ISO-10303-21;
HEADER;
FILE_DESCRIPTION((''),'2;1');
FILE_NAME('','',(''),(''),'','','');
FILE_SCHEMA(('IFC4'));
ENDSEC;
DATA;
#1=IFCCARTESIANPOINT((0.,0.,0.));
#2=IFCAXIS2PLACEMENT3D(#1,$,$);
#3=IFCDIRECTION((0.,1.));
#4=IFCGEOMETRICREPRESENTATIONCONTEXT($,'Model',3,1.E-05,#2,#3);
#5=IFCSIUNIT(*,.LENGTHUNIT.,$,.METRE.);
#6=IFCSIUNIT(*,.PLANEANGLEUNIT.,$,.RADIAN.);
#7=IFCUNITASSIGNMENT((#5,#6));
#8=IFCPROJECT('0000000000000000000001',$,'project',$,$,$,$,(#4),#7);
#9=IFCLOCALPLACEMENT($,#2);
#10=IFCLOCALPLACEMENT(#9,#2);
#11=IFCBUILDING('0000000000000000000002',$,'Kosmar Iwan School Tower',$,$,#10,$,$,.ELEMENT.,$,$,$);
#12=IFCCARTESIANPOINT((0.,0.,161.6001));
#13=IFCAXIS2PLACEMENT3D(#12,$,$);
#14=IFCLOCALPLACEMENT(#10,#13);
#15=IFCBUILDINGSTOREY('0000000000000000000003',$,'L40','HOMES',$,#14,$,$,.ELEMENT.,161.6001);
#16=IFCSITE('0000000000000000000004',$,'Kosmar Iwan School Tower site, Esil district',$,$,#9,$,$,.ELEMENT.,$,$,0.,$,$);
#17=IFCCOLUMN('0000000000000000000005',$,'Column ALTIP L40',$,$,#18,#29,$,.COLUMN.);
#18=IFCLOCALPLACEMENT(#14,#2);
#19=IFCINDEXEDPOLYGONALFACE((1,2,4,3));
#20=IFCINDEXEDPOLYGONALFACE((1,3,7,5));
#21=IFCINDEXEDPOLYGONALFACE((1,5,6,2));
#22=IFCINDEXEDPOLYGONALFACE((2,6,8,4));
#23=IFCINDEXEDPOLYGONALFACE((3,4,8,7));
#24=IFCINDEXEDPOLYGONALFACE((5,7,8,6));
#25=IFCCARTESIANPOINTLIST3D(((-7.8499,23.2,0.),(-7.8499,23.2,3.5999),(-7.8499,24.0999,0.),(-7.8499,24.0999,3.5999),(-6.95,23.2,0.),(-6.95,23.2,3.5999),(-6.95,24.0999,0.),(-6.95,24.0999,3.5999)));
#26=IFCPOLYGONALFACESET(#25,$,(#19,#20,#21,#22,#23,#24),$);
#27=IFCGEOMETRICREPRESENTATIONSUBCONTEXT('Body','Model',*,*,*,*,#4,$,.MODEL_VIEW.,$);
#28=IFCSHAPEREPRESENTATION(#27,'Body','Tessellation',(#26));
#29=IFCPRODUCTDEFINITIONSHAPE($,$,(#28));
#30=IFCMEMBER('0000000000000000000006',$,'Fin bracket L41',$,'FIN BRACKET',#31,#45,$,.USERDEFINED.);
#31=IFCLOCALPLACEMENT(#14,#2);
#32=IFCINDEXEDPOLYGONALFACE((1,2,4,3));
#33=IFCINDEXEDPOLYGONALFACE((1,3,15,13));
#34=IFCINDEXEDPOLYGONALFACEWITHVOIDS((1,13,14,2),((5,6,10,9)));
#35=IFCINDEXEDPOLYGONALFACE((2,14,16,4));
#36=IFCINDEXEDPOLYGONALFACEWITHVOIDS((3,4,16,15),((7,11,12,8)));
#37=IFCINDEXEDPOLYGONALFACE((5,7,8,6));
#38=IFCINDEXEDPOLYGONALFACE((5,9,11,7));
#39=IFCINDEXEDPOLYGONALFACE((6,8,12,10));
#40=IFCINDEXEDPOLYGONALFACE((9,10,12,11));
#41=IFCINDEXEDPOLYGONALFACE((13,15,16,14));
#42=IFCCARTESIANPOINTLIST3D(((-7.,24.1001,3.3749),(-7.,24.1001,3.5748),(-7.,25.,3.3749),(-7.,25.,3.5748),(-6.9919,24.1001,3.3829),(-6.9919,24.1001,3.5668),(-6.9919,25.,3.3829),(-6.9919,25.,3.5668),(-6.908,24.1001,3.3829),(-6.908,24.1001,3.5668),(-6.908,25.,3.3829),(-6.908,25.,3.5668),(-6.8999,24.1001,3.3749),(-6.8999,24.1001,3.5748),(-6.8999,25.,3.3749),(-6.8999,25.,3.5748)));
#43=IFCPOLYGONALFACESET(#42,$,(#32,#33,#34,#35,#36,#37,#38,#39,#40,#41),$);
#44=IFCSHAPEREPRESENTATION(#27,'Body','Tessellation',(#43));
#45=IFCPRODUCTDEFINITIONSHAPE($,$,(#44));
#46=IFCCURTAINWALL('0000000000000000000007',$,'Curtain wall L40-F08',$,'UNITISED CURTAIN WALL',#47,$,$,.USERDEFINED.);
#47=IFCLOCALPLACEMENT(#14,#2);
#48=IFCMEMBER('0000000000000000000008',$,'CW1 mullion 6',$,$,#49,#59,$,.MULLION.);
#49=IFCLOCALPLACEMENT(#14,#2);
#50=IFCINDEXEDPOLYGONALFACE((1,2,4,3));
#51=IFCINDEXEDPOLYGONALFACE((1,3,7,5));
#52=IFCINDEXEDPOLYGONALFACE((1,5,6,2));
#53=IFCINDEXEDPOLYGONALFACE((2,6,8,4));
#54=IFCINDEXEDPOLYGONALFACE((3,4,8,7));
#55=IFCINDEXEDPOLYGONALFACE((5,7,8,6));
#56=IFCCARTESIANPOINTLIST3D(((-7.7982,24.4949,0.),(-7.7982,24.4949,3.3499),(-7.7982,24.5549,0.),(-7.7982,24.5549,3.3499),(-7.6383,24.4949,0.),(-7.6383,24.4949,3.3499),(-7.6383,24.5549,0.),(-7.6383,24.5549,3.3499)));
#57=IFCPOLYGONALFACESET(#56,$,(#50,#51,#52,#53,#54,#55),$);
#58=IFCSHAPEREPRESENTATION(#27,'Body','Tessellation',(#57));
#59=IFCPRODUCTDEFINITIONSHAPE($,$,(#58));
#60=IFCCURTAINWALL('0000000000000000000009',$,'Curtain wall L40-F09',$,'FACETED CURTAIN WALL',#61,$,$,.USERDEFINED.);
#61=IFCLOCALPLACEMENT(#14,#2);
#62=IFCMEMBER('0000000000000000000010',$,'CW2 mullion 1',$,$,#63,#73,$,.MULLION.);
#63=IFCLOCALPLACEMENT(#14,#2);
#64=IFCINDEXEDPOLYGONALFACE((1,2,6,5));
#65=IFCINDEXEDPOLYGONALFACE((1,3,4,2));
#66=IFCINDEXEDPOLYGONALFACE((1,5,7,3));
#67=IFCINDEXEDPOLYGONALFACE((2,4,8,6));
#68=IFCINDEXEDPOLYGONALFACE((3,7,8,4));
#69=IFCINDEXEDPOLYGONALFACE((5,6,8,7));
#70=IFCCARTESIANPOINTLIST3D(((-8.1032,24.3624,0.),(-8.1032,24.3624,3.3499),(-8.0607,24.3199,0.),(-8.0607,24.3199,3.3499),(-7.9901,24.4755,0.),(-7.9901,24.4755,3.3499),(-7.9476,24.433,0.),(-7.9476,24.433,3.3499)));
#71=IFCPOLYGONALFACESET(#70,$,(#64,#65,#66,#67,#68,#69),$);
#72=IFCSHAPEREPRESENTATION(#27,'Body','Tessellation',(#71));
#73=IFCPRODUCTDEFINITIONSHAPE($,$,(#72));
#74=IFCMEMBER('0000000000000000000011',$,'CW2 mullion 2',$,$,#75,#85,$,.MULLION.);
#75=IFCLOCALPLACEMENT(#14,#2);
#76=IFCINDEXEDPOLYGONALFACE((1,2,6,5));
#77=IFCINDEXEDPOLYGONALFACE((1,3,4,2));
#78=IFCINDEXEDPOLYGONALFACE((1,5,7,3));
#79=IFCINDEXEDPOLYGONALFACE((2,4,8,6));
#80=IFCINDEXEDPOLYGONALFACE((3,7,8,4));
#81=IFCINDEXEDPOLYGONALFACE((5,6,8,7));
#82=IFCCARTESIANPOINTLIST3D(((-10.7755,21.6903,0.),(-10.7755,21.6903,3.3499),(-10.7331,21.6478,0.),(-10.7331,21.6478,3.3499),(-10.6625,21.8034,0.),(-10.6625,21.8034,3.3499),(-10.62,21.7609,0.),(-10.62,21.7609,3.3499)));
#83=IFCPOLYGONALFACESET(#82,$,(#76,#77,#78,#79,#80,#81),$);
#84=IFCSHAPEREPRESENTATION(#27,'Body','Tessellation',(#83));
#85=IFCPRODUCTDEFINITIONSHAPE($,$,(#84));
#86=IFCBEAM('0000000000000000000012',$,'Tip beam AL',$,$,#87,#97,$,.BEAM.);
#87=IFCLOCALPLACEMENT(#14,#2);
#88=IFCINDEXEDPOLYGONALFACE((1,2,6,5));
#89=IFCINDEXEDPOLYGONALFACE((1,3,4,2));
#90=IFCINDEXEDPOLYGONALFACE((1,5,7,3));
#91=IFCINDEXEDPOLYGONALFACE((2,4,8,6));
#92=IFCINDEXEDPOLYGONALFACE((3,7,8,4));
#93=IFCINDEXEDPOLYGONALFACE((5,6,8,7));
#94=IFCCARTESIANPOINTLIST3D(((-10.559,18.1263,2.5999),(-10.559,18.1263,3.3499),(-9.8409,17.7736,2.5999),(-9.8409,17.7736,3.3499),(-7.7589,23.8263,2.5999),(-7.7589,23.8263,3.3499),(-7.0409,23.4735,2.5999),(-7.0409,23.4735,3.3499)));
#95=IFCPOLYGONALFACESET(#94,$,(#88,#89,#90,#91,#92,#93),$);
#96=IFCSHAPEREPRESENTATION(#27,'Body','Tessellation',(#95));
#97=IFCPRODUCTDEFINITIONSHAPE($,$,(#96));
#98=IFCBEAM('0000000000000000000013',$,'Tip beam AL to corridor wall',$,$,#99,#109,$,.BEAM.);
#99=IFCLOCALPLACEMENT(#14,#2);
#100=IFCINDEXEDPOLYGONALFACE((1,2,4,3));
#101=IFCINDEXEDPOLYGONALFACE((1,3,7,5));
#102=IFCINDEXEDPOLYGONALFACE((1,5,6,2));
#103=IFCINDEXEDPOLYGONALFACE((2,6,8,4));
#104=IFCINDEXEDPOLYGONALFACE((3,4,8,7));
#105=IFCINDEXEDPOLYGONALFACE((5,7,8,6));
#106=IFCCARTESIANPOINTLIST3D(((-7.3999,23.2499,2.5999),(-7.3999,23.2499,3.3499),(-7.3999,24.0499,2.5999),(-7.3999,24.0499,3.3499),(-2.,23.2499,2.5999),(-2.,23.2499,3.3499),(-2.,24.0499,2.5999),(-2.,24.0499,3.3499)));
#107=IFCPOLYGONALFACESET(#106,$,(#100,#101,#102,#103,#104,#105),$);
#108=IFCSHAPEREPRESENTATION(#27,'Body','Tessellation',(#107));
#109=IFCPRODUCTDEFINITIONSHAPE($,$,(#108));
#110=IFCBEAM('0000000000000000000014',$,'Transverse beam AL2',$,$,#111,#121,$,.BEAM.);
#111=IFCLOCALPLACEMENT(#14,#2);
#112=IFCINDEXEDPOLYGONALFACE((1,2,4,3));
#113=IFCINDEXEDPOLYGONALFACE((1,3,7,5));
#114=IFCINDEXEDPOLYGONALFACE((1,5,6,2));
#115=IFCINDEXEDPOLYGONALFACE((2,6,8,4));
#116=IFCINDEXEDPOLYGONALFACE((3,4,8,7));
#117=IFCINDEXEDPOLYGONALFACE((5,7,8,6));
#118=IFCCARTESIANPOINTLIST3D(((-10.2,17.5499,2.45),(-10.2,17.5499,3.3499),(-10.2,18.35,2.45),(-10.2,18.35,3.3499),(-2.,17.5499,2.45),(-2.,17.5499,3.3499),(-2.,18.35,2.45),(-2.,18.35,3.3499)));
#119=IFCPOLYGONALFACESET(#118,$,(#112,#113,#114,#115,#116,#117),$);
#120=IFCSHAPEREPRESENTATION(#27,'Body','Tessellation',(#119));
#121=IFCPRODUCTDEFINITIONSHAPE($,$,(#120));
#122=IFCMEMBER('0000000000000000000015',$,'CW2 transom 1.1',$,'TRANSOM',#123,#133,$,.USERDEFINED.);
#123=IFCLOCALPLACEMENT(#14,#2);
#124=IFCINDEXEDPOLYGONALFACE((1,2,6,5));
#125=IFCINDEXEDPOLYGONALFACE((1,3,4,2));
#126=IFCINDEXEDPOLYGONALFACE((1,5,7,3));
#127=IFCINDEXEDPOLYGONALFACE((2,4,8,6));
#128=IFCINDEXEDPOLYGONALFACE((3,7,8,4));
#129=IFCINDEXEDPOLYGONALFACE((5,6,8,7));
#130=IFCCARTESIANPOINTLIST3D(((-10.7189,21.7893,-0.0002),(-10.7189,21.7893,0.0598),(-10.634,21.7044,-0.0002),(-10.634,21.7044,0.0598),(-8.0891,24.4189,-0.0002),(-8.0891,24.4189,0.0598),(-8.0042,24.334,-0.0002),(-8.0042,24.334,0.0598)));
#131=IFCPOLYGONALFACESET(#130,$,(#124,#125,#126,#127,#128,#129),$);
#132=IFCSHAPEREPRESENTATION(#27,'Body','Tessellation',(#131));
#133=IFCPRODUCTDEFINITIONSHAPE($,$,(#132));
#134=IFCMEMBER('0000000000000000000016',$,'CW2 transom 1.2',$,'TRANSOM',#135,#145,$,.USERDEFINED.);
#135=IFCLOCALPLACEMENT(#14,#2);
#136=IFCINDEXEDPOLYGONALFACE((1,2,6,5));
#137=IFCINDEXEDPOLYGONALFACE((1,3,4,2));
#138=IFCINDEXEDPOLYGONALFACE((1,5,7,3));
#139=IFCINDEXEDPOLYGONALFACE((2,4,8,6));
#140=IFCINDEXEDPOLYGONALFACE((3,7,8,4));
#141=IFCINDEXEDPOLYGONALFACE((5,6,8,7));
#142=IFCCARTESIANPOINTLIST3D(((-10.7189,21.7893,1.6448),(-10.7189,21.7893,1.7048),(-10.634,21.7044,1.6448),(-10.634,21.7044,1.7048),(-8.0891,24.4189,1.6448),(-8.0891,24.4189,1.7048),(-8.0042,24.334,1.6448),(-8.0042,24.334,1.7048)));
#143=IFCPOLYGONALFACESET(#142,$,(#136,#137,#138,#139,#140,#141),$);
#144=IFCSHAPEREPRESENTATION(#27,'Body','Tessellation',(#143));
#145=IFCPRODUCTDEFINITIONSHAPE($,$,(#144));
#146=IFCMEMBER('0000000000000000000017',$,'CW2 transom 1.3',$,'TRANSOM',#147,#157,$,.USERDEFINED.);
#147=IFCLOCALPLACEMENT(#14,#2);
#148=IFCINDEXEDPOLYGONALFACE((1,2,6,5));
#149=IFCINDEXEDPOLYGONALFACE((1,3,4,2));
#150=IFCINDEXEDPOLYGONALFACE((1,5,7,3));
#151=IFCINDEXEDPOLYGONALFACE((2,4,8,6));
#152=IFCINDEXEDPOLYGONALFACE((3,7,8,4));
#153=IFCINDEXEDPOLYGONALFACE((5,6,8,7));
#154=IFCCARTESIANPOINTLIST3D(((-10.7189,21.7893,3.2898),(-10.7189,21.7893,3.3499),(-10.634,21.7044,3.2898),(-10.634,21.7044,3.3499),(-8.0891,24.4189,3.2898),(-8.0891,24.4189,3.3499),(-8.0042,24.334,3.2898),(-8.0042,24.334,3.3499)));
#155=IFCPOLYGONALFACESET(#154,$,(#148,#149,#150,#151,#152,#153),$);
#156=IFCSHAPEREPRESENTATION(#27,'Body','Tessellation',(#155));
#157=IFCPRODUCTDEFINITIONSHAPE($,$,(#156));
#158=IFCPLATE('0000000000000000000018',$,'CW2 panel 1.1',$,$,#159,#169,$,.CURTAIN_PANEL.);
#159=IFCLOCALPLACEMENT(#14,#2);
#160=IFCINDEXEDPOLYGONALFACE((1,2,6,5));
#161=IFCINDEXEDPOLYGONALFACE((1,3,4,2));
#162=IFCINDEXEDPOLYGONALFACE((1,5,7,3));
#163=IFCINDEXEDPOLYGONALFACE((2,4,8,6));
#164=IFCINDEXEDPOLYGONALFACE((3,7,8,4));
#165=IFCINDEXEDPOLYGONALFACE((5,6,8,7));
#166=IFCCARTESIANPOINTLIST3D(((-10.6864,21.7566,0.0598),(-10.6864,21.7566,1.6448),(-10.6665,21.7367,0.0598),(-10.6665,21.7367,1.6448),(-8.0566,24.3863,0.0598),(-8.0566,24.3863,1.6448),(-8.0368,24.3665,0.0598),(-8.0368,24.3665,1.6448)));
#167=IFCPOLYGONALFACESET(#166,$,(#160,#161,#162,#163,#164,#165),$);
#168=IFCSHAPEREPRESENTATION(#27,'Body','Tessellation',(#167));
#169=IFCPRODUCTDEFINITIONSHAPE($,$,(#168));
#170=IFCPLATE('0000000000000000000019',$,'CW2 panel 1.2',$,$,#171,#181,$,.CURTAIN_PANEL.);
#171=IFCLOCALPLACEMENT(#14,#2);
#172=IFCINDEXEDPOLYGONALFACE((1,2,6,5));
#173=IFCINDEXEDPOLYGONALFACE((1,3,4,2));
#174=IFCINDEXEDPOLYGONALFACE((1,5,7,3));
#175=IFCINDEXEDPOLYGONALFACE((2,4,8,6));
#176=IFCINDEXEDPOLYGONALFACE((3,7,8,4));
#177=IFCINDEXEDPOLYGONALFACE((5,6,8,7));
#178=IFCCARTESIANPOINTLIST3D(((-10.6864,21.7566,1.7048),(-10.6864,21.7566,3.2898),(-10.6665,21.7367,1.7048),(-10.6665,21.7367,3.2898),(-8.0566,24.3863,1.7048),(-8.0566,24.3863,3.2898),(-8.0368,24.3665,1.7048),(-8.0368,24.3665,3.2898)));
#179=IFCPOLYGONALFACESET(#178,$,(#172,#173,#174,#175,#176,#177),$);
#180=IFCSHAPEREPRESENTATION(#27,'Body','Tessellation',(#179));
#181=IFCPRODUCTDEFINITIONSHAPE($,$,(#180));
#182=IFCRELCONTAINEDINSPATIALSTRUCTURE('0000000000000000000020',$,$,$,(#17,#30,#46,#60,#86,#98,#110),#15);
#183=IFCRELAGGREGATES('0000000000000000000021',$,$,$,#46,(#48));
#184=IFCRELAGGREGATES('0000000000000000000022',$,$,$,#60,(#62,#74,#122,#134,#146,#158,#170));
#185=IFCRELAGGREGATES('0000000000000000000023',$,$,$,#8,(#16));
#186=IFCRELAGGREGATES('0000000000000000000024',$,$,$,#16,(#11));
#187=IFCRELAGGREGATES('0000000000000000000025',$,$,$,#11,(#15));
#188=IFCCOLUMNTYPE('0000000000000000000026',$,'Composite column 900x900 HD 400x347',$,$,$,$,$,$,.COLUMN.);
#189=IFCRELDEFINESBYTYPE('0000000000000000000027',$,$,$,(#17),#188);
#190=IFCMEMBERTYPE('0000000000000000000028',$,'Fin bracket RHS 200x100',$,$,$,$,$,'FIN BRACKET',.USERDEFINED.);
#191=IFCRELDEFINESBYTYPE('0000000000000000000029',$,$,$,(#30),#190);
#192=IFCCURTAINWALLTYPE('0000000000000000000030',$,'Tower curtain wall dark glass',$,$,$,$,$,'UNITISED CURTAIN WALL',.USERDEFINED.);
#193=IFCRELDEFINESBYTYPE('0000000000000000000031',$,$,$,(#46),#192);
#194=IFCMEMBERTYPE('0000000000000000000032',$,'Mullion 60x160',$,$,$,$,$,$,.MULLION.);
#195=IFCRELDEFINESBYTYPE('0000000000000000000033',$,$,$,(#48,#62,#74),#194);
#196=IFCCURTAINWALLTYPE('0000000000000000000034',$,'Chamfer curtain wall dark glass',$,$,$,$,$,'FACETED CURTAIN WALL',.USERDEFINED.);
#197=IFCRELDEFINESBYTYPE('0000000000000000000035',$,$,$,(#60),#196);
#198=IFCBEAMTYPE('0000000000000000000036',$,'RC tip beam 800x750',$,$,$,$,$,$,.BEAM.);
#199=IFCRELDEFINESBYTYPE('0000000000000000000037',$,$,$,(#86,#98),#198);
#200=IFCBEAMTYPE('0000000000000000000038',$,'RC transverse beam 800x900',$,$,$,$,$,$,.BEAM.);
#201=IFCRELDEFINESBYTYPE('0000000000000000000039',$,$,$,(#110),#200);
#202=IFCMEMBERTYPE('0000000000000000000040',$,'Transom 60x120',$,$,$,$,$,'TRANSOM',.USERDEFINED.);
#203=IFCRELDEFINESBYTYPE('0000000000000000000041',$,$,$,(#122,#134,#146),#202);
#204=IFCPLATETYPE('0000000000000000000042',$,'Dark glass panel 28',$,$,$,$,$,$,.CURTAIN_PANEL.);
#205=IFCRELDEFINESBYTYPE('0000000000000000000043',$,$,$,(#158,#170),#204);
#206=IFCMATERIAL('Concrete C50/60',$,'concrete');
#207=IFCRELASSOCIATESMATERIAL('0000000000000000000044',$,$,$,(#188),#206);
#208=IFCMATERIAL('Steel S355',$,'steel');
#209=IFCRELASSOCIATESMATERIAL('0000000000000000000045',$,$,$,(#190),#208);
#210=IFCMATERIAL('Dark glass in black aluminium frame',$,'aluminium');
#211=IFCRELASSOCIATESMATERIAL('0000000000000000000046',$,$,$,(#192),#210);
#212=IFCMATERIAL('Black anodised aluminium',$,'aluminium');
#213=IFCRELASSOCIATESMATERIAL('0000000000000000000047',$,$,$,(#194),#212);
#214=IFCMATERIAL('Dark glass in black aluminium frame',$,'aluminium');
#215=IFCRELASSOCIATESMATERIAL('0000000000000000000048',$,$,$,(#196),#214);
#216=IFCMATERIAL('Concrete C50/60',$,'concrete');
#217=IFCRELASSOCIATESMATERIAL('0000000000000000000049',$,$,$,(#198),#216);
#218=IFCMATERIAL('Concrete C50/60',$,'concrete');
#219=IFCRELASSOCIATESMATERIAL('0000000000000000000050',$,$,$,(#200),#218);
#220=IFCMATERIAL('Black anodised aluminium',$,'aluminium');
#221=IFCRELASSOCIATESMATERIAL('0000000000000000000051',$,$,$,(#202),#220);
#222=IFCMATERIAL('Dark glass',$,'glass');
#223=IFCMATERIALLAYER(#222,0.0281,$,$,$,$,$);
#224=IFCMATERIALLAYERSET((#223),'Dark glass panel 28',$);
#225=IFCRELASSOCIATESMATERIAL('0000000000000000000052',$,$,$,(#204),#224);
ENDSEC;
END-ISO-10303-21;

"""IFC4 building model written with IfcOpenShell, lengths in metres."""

from ifc_helpers import new_model, si_unit, direction, frame, origin, origin_2d, place, context, subcontext, project, spatial, rectangle, hollow_rectangle, extrude, material, layer, layer_set, material_profile, profile_set, type_object, element, aggregate, save


model = new_model("IFC4")

# Units and contexts
model_context = context("Model", 3, precision=1e-05, world=origin(), true_north=direction((0.0, 1.0)))
body_context = subcontext(model_context, "Body", "Model", "MODEL_VIEW")
ifc_project = project(units=[si_unit("LENGTHUNIT", "METRE"), si_unit("PLANEANGLEUNIT", "RADIAN")], contexts=[model_context])

# Site, building, storey
site_placement = place(None, origin())
site = spatial("IfcSite", under=ifc_project, at=site_placement, Name="Kosmar Iwan School Tower site, Esil district", CompositionType="ELEMENT", RefElevation=0.0)
building_placement = place(site_placement, origin())
building = spatial("IfcBuilding", under=site, at=building_placement, Name="Kosmar Iwan School Tower", CompositionType="ELEMENT")
storey_placement = place(building_placement, frame((0.0, 0.0, 161.6001)))
storey = spatial("IfcBuildingStorey", under=building, at=storey_placement, Name="L40", Description="HOMES", CompositionType="ELEMENT", Elevation=161.6001)

# Column
ifc_material_1 = material(Name="Concrete C50/60", Category="concrete")
ifc_material_profile_1 = material_profile(ifc_material_1, rectangle(XDim=0.8999, YDim=0.8999, at=origin_2d()), Name="RC 900x900 + HD 400x347")
ifc_profile_set_1 = profile_set([ifc_material_profile_1], Name="Concrete C50/60")
column_type = type_object("IfcColumnType", Name="Composite column 900x900 HD 400x347", PredefinedType="COLUMN", material=ifc_profile_set_1)
column_placement = place(storey_placement, frame((-7.3999, 23.6499, 0.0), z_axis=(0.0, 0.0, 1.0), x_axis=(0.0, 1.0, 0.0)))
element("IfcColumn", 1, at=column_placement, inside=storey, type_object=column_type, Name="Column ALTIP L40", PredefinedType="COLUMN", context=body_context, shape_type="SweptSolid", body=[
    extrude(rectangle(XDim=0.8999, YDim=0.8999, at=origin_2d()), origin(), (0.0, 0.0, 1.0), 3.5999),
])

# Member
ifc_material_2 = material(Name="Steel S355", Category="steel")
ifc_material_profile_2 = material_profile(ifc_material_2, hollow_rectangle(XDim=0.1001, YDim=0.2, WallThickness=0.0081, at=origin_2d()), Name="RHS 200x100x8")
ifc_profile_set_2 = profile_set([ifc_material_profile_2], Name="Steel S355")
member_type_1 = type_object("IfcMemberType", Name="Fin bracket RHS 200x100", ElementType="FIN BRACKET", PredefinedType="USERDEFINED", material=ifc_profile_set_2)
member_1_placement = place(storey_placement, frame((-6.95, 24.1001, 3.4749), z_axis=(0.0, 1.0, 0.0), x_axis=(-1.0, 0.0, 0.0)))
element("IfcMember", 2, at=member_1_placement, inside=storey, type_object=member_type_1, Name="Fin bracket L41", ObjectType="FIN BRACKET", PredefinedType="USERDEFINED", context=body_context, shape_type="SweptSolid", body=[
    extrude(hollow_rectangle(XDim=0.1001, YDim=0.2, WallThickness=0.0081, at=origin_2d()), origin(), (0.0, 0.0, 1.0), 0.8999),
])

# Curtain wall, member
ifc_material_3 = material(Name="Dark glass in black aluminium frame", Category="aluminium")
curtain_wall_type_1 = type_object("IfcCurtainWallType", Name="Tower curtain wall dark glass", ElementType="UNITISED CURTAIN WALL", PredefinedType="USERDEFINED", material=ifc_material_3)
curtain_wall_1_placement = place(storey_placement, origin())
curtain_wall_1 = element("IfcCurtainWall", 3, at=curtain_wall_1_placement, inside=storey, type_object=curtain_wall_type_1, Name="Curtain wall L40-F08", ObjectType="UNITISED CURTAIN WALL", PredefinedType="USERDEFINED")
ifc_material_4 = material(Name="Black anodised aluminium", Category="aluminium")
ifc_material_profile_3 = material_profile(ifc_material_4, rectangle(XDim=0.0601, YDim=0.1599, at=origin_2d()), Name="MULLION 60x160")
ifc_profile_set_3 = profile_set([ifc_material_profile_3], Name="Black anodised aluminium")
member_type_2 = type_object("IfcMemberType", Name="Mullion 60x160", PredefinedType="MULLION", material=ifc_profile_set_3)
member_2_placement = place(storey_placement, frame((-7.7183, 24.5249, 0.0), z_axis=(0.0, 0.0, 1.0), x_axis=(0.0, -1.0, 0.0)))
member_2 = element("IfcMember", 4, at=member_2_placement, type_object=member_type_2, Name="CW1 mullion 6", PredefinedType="MULLION", context=body_context, shape_type="SweptSolid", body=[
    extrude(rectangle(XDim=0.0601, YDim=0.1599, at=origin_2d()), origin(), (0.0, 0.0, 1.0), 3.3499),
])
aggregate(curtain_wall_1, [member_2])

# Curtain wall, members
ifc_material_5 = material(Name="Dark glass in black aluminium frame", Category="aluminium")
curtain_wall_type_2 = type_object("IfcCurtainWallType", Name="Chamfer curtain wall dark glass", ElementType="FACETED CURTAIN WALL", PredefinedType="USERDEFINED", material=ifc_material_5)
curtain_wall_2_placement = place(storey_placement, origin())
curtain_wall_2 = element("IfcCurtainWall", 5, at=curtain_wall_2_placement, inside=storey, type_object=curtain_wall_type_2, Name="Curtain wall L40-F09", ObjectType="FACETED CURTAIN WALL", PredefinedType="USERDEFINED")
member_3_placement = place(storey_placement, frame((-8.0254, 24.3977, 0.0), z_axis=(0.0, 0.0, 1.0), x_axis=(0.707107, -0.707107, 0.0)))
member_3 = element("IfcMember", 6, at=member_3_placement, type_object=member_type_2, Name="CW2 mullion 1", PredefinedType="MULLION", context=body_context, shape_type="SweptSolid", body=[
    extrude(rectangle(XDim=0.0601, YDim=0.1599, at=origin_2d()), origin(), (0.0, 0.0, 1.0), 3.3499),
])
member_4_placement = place(storey_placement, frame((-10.6978, 21.7256, 0.0), z_axis=(0.0, 0.0, 1.0), x_axis=(0.707107, -0.707107, 0.0)))
member_4 = element("IfcMember", 7, at=member_4_placement, type_object=member_type_2, Name="CW2 mullion 2", PredefinedType="MULLION", context=body_context, shape_type="SweptSolid", body=[
    extrude(rectangle(XDim=0.0601, YDim=0.1599, at=origin_2d()), origin(), (0.0, 0.0, 1.0), 3.3499),
])

# Beams
ifc_material_6 = material(Name="Concrete C50/60", Category="concrete")
ifc_material_profile_4 = material_profile(ifc_material_6, rectangle(XDim=0.8, YDim=0.75, at=origin_2d()), Name="RC 800x750")
ifc_profile_set_4 = profile_set([ifc_material_profile_4], Name="Concrete C50/60")
beam_type_1 = type_object("IfcBeamType", Name="RC tip beam 800x750", PredefinedType="BEAM", material=ifc_profile_set_4)
beam_1_placement = place(storey_placement, frame((-10.2, 17.95, 2.9749), z_axis=(0.440913, 0.89755, 0.0), x_axis=(-0.89755, 0.440913, 0.0)))
element("IfcBeam", 8, at=beam_1_placement, inside=storey, type_object=beam_type_1, Name="Tip beam AL", PredefinedType="BEAM", context=body_context, shape_type="SweptSolid", body=[
    extrude(rectangle(XDim=0.8, YDim=0.75, at=origin_2d()), origin(), (0.0, 0.0, 1.0), 6.3506),
])
beam_2_placement = place(storey_placement, frame((-7.3999, 23.6499, 2.9749), z_axis=(1.0, 0.0, 0.0), x_axis=(0.0, 1.0, 0.0)))
element("IfcBeam", 9, at=beam_2_placement, inside=storey, type_object=beam_type_1, Name="Tip beam AL to corridor wall", PredefinedType="BEAM", context=body_context, shape_type="SweptSolid", body=[
    extrude(rectangle(XDim=0.8, YDim=0.75, at=origin_2d()), origin(), (0.0, 0.0, 1.0), 5.3999),
])
ifc_material_7 = material(Name="Concrete C50/60", Category="concrete")
ifc_material_profile_5 = material_profile(ifc_material_7, rectangle(XDim=0.8, YDim=0.8999, at=origin_2d()), Name="RC 800x900")
ifc_profile_set_5 = profile_set([ifc_material_profile_5], Name="Concrete C50/60")
beam_type_2 = type_object("IfcBeamType", Name="RC transverse beam 800x900", PredefinedType="BEAM", material=ifc_profile_set_5)
beam_3_placement = place(storey_placement, frame((-10.2, 17.95, 2.8999), z_axis=(1.0, 0.0, 0.0), x_axis=(0.0, 1.0, 0.0)))
element("IfcBeam", 10, at=beam_3_placement, inside=storey, type_object=beam_type_2, Name="Transverse beam AL2", PredefinedType="BEAM", context=body_context, shape_type="SweptSolid", body=[
    extrude(rectangle(XDim=0.8, YDim=0.8999, at=origin_2d()), origin(), (0.0, 0.0, 1.0), 8.2),
])

# Members
ifc_material_8 = material(Name="Black anodised aluminium", Category="aluminium")
ifc_material_profile_6 = material_profile(ifc_material_8, rectangle(XDim=0.1201, YDim=0.0601, at=origin_2d()), Name="TRANSOM 60x120")
ifc_profile_set_6 = profile_set([ifc_material_profile_6], Name="Black anodised aluminium")
member_type_3 = type_object("IfcMemberType", Name="Transom 60x120", ElementType="TRANSOM", PredefinedType="USERDEFINED", material=ifc_profile_set_6)
member_5_placement = place(storey_placement, frame((-8.0466, 24.3765, 0.0298), z_axis=(-0.70714, -0.707074, 0.0), x_axis=(0.707074, -0.70714, 0.0)))
member_5 = element("IfcMember", 11, at=member_5_placement, type_object=member_type_3, Name="CW2 transom 1.1", ObjectType="TRANSOM", PredefinedType="USERDEFINED", context=body_context, shape_type="SweptSolid", body=[
    extrude(rectangle(XDim=0.1201, YDim=0.0601, at=origin_2d()), origin(), (0.0, 0.0, 1.0), 3.719),
])
member_6_placement = place(storey_placement, frame((-8.0466, 24.3765, 1.6748), z_axis=(-0.70714, -0.707074, 0.0), x_axis=(0.707074, -0.70714, 0.0)))
member_6 = element("IfcMember", 12, at=member_6_placement, type_object=member_type_3, Name="CW2 transom 1.2", ObjectType="TRANSOM", PredefinedType="USERDEFINED", context=body_context, shape_type="SweptSolid", body=[
    extrude(rectangle(XDim=0.1201, YDim=0.0601, at=origin_2d()), origin(), (0.0, 0.0, 1.0), 3.719),
])
member_7_placement = place(storey_placement, frame((-8.0466, 24.3765, 3.3198), z_axis=(-0.70714, -0.707074, 0.0), x_axis=(0.707074, -0.70714, 0.0)))
member_7 = element("IfcMember", 13, at=member_7_placement, type_object=member_type_3, Name="CW2 transom 1.3", ObjectType="TRANSOM", PredefinedType="USERDEFINED", context=body_context, shape_type="SweptSolid", body=[
    extrude(rectangle(XDim=0.1201, YDim=0.0601, at=origin_2d()), origin(), (0.0, 0.0, 1.0), 3.719),
])

# Plates
ifc_material_9 = material(Name="Dark glass", Category="glass")
ifc_layer = layer(ifc_material_9, 0.0281)
ifc_layer_set = layer_set([ifc_layer], Name="Dark glass panel 28")
plate_type = type_object("IfcPlateType", Name="Dark glass panel 28", PredefinedType="CURTAIN_PANEL", material=ifc_layer_set)
plate_1_placement = place(storey_placement, frame((-9.3616, 23.0615, 0.0598), z_axis=(0.0, 0.0, 1.0), x_axis=(-0.707107, -0.707107, 0.0)))
plate_1 = element("IfcPlate", 14, at=plate_1_placement, type_object=plate_type, Name="CW2 panel 1.1", PredefinedType="CURTAIN_PANEL", context=body_context, shape_type="SweptSolid", body=[
    extrude(rectangle(XDim=3.719, YDim=0.0281, at=origin_2d()), origin(), (0.0, 0.0, 1.0), 1.585),
])
plate_2_placement = place(storey_placement, frame((-9.3616, 23.0615, 1.7048), z_axis=(0.0, 0.0, 1.0), x_axis=(-0.707107, -0.707107, 0.0)))
plate_2 = element("IfcPlate", 15, at=plate_2_placement, type_object=plate_type, Name="CW2 panel 1.2", PredefinedType="CURTAIN_PANEL", context=body_context, shape_type="SweptSolid", body=[
    extrude(rectangle(XDim=3.719, YDim=0.0281, at=origin_2d()), origin(), (0.0, 0.0, 1.0), 1.585),
])
aggregate(curtain_wall_2, [member_3, member_4, member_5, member_6, member_7, plate_1, plate_2])

save(model, "model.ifc")
